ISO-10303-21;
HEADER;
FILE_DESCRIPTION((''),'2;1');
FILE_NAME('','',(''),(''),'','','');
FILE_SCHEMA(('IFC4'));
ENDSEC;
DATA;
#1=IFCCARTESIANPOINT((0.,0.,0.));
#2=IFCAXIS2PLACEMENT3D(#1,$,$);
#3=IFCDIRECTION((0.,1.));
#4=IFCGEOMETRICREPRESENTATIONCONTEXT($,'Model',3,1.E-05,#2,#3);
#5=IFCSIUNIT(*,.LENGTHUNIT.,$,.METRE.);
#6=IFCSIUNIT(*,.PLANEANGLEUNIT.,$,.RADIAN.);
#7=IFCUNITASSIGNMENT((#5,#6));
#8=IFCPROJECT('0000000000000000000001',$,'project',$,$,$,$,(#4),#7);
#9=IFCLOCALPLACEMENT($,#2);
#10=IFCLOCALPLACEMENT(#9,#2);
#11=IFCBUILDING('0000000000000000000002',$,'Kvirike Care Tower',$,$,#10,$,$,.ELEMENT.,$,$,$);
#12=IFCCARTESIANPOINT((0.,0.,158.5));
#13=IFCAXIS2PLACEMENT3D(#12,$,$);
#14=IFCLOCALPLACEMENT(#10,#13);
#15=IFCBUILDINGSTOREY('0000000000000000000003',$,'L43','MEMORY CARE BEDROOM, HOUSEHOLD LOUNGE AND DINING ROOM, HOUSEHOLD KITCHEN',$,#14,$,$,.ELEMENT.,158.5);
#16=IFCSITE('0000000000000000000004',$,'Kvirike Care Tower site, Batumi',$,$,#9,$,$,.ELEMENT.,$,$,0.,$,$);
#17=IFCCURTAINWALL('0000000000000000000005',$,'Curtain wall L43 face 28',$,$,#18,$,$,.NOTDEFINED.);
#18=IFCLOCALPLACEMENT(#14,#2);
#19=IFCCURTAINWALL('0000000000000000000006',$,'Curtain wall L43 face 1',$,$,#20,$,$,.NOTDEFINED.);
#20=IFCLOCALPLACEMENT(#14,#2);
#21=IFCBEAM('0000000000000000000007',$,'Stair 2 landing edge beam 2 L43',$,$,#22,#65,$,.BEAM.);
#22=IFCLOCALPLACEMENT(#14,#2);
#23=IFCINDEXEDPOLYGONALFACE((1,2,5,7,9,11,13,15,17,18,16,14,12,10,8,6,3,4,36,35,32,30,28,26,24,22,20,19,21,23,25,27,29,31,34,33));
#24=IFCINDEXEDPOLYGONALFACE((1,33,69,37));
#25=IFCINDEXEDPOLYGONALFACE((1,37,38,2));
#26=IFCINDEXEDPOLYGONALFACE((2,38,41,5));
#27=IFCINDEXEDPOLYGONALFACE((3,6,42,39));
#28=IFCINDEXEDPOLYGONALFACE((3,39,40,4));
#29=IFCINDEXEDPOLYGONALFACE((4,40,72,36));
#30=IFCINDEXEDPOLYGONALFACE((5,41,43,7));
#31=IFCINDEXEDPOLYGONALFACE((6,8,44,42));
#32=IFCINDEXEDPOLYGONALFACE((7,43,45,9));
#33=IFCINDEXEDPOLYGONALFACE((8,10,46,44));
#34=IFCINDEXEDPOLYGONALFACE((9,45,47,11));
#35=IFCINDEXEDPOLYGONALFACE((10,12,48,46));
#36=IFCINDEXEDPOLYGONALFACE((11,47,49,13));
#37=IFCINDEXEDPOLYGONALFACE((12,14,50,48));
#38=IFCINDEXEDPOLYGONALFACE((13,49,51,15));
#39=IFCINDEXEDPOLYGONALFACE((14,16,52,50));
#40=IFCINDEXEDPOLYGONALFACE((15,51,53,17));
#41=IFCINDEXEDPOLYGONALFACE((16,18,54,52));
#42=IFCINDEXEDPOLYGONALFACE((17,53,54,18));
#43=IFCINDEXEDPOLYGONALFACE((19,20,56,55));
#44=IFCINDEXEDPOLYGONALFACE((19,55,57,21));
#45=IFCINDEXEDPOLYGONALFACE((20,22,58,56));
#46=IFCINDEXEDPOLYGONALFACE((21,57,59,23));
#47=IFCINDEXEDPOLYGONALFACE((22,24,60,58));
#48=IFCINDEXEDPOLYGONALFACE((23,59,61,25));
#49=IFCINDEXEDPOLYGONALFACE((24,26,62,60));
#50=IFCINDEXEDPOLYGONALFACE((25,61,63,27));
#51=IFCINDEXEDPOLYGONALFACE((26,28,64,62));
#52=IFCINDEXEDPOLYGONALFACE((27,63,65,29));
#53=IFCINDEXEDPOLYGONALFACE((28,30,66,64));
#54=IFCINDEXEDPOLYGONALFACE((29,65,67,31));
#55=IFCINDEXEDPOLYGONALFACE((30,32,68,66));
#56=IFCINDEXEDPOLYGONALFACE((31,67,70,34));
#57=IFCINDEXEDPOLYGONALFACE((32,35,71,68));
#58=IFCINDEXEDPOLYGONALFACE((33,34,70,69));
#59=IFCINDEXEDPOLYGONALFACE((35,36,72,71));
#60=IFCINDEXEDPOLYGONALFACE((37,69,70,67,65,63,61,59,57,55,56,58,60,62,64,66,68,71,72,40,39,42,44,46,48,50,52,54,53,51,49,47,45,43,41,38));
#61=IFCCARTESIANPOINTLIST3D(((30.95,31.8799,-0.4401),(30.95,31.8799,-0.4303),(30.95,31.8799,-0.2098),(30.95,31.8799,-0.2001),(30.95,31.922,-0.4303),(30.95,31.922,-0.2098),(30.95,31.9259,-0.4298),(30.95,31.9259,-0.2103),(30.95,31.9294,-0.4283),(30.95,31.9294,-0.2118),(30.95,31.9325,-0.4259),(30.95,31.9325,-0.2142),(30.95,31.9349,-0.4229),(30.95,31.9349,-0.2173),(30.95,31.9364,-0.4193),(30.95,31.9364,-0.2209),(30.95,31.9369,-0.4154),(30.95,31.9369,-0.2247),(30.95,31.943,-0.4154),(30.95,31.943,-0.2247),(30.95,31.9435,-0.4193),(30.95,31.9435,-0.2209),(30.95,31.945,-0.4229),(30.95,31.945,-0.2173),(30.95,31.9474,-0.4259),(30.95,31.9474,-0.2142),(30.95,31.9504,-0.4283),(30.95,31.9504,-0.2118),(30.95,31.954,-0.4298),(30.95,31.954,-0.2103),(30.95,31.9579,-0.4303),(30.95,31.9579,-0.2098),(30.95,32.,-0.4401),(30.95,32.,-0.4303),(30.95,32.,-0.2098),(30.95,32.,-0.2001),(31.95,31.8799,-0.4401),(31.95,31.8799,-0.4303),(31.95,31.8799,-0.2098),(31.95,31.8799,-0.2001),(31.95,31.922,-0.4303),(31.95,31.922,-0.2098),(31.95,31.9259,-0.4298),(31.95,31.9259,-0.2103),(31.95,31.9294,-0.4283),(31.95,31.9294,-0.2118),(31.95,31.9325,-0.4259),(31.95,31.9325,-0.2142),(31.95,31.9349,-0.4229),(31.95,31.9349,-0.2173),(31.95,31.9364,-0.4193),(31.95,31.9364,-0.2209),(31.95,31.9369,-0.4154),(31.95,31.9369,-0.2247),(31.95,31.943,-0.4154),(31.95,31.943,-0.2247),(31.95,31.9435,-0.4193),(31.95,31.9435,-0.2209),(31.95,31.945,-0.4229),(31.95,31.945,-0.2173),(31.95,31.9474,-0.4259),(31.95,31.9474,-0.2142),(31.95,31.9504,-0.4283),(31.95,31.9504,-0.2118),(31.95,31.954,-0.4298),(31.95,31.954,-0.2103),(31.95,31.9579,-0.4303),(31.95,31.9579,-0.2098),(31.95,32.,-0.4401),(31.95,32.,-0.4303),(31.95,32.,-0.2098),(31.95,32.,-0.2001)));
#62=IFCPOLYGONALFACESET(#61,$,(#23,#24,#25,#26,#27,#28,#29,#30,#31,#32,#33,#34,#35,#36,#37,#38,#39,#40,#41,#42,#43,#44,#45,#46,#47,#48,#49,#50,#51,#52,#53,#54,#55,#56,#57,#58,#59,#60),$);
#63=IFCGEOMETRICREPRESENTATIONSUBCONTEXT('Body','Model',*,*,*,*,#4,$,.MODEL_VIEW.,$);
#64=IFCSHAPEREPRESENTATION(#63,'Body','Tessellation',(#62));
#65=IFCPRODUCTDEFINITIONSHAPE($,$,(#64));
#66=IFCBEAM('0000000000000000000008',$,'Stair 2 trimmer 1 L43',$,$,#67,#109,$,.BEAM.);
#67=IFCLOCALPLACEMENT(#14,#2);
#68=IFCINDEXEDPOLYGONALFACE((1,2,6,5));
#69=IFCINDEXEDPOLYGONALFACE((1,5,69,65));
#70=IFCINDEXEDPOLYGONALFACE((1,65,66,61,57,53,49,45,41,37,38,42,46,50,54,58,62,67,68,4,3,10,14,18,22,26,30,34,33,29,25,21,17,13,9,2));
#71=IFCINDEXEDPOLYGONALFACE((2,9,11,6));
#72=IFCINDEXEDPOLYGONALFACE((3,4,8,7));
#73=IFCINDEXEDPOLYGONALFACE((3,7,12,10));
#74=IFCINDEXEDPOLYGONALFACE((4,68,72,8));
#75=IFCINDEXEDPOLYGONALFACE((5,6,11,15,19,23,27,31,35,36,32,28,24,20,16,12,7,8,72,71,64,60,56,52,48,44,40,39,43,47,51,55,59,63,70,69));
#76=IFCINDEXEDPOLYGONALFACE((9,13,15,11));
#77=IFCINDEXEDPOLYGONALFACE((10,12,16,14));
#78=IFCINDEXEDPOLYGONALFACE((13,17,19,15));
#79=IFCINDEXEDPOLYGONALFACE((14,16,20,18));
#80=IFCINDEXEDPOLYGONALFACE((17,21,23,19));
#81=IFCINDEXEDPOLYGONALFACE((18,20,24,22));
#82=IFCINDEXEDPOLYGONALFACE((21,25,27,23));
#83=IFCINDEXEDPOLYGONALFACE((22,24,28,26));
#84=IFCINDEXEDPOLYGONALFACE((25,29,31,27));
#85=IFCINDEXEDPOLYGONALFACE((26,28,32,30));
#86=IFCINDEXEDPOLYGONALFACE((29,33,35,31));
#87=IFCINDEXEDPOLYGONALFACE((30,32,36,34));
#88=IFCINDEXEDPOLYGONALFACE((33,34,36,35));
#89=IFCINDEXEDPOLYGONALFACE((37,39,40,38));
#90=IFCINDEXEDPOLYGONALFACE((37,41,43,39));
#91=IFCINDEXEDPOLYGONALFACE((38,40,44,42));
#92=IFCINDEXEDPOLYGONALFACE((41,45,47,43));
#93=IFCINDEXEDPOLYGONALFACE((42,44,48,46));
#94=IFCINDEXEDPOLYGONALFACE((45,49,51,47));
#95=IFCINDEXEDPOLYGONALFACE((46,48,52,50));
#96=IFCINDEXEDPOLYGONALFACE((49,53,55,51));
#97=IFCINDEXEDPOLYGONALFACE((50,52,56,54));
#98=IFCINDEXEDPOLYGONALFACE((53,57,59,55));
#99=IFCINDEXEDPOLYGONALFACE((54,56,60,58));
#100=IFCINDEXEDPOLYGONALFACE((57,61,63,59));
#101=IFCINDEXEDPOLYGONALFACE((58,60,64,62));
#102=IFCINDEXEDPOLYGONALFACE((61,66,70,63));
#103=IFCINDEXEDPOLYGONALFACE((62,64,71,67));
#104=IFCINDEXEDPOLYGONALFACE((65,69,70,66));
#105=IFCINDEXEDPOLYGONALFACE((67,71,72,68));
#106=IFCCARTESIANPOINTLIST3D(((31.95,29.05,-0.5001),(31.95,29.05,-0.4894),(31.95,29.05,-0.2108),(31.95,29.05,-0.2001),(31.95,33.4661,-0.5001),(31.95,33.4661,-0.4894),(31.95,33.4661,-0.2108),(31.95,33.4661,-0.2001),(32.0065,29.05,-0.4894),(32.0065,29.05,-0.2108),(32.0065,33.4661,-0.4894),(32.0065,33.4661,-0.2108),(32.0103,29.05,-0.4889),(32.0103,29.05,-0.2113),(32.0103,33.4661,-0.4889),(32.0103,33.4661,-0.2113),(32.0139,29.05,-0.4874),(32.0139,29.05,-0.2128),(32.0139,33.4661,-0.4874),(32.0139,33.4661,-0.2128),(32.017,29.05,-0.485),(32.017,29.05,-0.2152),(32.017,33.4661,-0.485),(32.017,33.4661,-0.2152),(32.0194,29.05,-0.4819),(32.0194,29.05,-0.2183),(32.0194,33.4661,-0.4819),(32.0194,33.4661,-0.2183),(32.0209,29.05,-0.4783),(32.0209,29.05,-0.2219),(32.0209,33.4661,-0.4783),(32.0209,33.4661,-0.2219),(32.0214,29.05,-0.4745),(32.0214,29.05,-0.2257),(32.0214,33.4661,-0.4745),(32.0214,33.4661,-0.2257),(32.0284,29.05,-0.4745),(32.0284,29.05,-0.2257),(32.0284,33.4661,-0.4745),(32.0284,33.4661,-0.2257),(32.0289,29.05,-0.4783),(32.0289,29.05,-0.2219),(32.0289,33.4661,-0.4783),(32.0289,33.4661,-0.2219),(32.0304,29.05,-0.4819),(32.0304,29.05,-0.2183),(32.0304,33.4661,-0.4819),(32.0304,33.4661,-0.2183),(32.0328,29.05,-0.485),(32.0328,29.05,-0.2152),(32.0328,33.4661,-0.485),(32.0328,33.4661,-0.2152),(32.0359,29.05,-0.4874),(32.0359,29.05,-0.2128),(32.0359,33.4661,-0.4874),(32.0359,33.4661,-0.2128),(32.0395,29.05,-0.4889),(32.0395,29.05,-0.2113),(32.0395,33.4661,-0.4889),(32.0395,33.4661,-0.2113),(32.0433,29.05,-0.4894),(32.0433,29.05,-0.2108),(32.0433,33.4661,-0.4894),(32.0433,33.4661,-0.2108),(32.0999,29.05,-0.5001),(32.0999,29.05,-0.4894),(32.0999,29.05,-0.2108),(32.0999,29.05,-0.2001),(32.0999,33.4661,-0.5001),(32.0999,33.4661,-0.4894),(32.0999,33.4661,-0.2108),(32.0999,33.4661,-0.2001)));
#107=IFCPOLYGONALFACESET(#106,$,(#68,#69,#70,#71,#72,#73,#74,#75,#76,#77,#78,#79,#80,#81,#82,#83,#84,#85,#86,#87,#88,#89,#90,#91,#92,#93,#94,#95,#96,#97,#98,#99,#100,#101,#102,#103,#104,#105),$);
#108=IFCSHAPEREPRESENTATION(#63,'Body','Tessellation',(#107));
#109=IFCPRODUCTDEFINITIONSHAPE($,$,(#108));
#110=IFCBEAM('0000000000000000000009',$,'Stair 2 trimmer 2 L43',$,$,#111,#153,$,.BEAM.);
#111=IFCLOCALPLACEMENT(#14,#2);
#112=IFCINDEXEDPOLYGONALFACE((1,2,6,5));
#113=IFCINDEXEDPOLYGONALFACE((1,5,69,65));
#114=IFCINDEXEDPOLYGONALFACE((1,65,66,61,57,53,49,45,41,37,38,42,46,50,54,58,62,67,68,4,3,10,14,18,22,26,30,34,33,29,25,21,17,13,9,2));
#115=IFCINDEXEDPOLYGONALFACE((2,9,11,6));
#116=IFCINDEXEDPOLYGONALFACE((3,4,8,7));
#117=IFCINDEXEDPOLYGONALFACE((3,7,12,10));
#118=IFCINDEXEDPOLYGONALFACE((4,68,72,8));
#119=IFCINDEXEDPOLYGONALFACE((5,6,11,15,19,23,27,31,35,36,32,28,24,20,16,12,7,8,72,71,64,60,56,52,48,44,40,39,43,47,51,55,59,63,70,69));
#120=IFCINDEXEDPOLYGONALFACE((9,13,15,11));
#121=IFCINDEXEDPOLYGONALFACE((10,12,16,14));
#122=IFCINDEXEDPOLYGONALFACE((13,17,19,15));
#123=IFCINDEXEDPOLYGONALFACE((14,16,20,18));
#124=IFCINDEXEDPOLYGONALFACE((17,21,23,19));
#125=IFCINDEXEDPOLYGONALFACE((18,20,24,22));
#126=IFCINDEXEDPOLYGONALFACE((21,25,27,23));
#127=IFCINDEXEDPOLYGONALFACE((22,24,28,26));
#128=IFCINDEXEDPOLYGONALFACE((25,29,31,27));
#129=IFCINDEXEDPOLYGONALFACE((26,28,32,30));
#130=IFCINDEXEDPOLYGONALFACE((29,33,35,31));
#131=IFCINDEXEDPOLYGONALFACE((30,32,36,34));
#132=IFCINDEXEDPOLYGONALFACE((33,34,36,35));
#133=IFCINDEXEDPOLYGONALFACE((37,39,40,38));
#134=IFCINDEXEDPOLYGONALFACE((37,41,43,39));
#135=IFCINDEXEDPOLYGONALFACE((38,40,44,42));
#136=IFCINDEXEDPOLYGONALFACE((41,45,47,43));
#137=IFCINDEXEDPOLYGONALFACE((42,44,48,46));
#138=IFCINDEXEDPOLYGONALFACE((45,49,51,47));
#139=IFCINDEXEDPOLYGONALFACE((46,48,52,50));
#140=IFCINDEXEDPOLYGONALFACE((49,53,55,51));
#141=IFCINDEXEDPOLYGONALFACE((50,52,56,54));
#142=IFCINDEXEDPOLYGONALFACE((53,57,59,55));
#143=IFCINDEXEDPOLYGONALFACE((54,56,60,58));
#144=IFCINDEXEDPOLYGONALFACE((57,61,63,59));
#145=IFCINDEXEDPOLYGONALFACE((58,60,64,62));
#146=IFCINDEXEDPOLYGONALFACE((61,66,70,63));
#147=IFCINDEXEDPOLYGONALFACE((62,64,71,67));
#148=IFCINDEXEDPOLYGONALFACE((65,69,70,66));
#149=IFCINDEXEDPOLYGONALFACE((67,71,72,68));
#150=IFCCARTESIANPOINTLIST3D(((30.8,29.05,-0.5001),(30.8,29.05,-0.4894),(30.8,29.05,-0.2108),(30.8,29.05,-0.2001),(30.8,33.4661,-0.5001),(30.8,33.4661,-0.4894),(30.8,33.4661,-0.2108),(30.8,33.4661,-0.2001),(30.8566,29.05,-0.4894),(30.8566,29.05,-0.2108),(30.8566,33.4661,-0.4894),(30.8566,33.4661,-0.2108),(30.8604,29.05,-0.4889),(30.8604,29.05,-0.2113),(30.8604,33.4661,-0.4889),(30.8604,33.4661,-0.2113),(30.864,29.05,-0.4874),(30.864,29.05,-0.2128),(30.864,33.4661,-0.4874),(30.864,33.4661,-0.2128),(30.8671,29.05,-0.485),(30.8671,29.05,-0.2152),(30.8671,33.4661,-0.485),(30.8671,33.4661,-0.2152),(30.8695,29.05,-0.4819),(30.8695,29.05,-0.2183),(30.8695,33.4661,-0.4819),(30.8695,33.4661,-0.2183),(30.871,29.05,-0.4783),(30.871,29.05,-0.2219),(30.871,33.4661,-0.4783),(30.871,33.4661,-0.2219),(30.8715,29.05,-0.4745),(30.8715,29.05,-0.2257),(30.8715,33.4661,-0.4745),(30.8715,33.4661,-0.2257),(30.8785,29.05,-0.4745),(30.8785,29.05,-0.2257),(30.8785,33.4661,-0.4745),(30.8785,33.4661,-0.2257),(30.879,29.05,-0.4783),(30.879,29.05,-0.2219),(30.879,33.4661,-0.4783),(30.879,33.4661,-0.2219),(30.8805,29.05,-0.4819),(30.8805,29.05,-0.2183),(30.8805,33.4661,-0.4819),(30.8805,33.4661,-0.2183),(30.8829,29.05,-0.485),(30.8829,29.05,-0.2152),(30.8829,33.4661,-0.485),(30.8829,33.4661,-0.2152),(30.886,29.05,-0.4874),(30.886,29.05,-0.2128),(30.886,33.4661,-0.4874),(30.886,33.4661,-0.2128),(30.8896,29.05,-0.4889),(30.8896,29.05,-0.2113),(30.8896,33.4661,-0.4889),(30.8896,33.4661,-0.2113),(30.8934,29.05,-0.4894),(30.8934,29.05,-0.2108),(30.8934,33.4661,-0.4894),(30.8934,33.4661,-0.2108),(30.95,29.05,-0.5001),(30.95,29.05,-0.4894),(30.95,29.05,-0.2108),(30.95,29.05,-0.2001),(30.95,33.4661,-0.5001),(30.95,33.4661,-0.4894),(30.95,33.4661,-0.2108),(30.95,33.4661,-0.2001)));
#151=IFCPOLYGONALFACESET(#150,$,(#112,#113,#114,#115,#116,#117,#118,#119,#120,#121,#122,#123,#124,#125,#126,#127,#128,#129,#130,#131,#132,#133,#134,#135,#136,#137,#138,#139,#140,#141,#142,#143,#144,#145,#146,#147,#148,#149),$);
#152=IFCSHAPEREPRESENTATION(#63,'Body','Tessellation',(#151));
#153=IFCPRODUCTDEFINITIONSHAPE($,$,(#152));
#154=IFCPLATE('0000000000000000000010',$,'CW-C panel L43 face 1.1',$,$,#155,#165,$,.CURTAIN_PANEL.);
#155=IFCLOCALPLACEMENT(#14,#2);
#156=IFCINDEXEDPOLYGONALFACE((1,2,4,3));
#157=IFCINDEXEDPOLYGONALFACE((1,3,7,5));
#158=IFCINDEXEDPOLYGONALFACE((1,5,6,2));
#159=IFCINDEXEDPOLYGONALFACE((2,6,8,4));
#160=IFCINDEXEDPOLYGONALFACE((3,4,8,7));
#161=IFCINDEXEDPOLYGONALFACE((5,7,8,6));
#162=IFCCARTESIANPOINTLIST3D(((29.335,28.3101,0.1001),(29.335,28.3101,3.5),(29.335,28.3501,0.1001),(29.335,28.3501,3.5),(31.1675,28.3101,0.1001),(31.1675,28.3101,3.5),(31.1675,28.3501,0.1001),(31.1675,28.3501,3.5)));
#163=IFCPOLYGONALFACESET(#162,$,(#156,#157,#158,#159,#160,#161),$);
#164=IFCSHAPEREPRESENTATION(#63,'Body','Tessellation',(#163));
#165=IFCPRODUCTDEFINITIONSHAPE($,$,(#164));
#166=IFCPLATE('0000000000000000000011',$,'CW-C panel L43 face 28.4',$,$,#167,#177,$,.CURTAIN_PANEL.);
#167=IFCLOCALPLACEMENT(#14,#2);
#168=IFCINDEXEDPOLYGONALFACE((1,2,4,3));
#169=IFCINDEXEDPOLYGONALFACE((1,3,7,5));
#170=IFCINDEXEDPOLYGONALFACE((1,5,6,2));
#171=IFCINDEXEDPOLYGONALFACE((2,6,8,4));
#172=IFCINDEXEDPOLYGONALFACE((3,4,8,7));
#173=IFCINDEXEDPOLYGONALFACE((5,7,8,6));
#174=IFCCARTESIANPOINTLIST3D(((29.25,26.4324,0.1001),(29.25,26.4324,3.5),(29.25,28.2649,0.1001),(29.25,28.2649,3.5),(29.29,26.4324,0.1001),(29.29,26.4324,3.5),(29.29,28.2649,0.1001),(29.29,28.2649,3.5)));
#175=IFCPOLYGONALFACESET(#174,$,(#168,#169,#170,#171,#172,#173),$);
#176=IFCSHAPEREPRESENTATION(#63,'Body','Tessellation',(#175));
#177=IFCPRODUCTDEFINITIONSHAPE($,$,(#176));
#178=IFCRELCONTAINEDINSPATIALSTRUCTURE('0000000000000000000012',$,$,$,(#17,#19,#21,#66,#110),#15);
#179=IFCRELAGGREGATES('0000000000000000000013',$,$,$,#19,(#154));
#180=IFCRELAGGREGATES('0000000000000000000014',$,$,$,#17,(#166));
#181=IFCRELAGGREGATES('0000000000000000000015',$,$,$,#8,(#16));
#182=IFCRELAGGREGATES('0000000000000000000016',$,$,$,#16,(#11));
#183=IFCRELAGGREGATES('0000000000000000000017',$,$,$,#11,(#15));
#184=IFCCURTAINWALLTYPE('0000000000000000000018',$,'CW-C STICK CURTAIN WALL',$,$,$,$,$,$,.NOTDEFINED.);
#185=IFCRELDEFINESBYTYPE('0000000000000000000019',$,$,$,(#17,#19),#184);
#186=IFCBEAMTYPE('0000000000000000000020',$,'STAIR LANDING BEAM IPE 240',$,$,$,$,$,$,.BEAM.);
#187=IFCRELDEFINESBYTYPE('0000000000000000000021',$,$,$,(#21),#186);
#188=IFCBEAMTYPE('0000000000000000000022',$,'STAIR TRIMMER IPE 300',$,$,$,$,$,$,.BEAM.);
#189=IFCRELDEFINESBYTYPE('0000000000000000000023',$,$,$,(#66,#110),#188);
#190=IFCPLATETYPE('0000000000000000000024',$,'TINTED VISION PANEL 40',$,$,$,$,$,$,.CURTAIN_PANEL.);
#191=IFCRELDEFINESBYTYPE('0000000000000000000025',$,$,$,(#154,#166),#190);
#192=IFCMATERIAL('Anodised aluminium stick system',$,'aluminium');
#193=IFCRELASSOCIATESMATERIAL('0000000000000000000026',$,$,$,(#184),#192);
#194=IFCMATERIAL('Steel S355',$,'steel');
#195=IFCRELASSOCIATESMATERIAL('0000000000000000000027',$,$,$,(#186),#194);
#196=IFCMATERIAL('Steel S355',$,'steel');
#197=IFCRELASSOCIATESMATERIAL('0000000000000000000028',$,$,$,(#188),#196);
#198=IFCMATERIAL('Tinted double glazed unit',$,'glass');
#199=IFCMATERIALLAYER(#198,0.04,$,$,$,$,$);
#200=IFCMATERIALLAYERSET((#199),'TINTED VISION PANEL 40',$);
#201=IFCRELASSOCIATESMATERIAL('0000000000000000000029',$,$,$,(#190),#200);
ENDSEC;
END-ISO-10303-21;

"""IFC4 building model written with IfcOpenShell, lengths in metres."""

from ifc_helpers import new_model, si_unit, direction, frame, origin, origin_2d, place, context, subcontext, project, spatial, rectangle, i_section, extrude, material, layer, layer_set, material_profile, profile_set, type_object, element, aggregate, save


model = new_model("IFC4")

# Units and contexts
model_context = context("Model", 3, precision=1e-05, world=origin(), true_north=direction((0.0, 1.0)))
body_context = subcontext(model_context, "Body", "Model", "MODEL_VIEW")
ifc_project = project(units=[si_unit("LENGTHUNIT", "METRE"), si_unit("PLANEANGLEUNIT", "RADIAN")], contexts=[model_context])

# Site, building, storey
site_placement = place(None, origin())
site = spatial("IfcSite", under=ifc_project, at=site_placement, Name="Kvirike Care Tower site, Batumi", CompositionType="ELEMENT", RefElevation=0.0)
building_placement = place(site_placement, origin())
building = spatial("IfcBuilding", under=site, at=building_placement, Name="Kvirike Care Tower", CompositionType="ELEMENT")
storey_placement = place(building_placement, frame((0.0, 0.0, 158.5)))
storey = spatial("IfcBuildingStorey", under=building, at=storey_placement, Name="L43", Description="MEMORY CARE BEDROOM, HOUSEHOLD LOUNGE AND DINING ROOM, HOUSEHOLD KITCHEN", CompositionType="ELEMENT", Elevation=158.5)

# Curtain wall
ifc_material_1 = material(Name="Anodised aluminium stick system", Category="aluminium")
curtain_wall_type = type_object("IfcCurtainWallType", Name="CW-C STICK CURTAIN WALL", PredefinedType="NOTDEFINED", material=ifc_material_1)
curtain_wall_1_placement = place(storey_placement, origin())
curtain_wall_1 = element("IfcCurtainWall", 1, at=curtain_wall_1_placement, inside=storey, type_object=curtain_wall_type, Name="Curtain wall L43 face 28", PredefinedType="NOTDEFINED")

# Curtain wall
curtain_wall_2_placement = place(storey_placement, origin())
curtain_wall_2 = element("IfcCurtainWall", 2, at=curtain_wall_2_placement, inside=storey, type_object=curtain_wall_type, Name="Curtain wall L43 face 1", PredefinedType="NOTDEFINED")

# Beams
ifc_material_2 = material(Name="Steel S355", Category="steel")
ifc_material_profile_1 = material_profile(ifc_material_2, i_section(OverallWidth=0.1201, OverallDepth=0.24, WebThickness=0.0061, FlangeThickness=0.0098, FilletRadius=0.0149, at=origin_2d()), Name="IPE 240")
ifc_profile_set_1 = profile_set([ifc_material_profile_1], Name="Steel S355")
beam_type_1 = type_object("IfcBeamType", Name="STAIR LANDING BEAM IPE 240", PredefinedType="BEAM", material=ifc_profile_set_1)
for number, where, z_axis, x_axis, name in (
    (3, (31.95, 31.9399, -0.3201), (-1.0, 0.0, 0.0), (0.0, -1.0, 0.0), "Stair 2 landing edge beam 2 L43"),
):
    element("IfcBeam", number, at=place(storey_placement, frame(where, z_axis=z_axis, x_axis=x_axis)), inside=storey, type_object=beam_type_1, Name=name, PredefinedType="BEAM", context=body_context, shape_type="SweptSolid", body=[
        extrude(i_section(OverallWidth=0.1201, OverallDepth=0.24, WebThickness=0.0061, FlangeThickness=0.0098, FilletRadius=0.0149, at=origin_2d()), origin(), (0.0, 0.0, 1.0), 1.0),
    ])
ifc_material_3 = material(Name="Steel S355", Category="steel")
ifc_material_profile_2 = material_profile(ifc_material_3, i_section(OverallWidth=0.1499, OverallDepth=0.3, WebThickness=0.0071, FlangeThickness=0.0107, FilletRadius=0.0149, at=origin_2d()), Name="IPE 300")
ifc_profile_set_2 = profile_set([ifc_material_profile_2], Name="Steel S355")
beam_type_2 = type_object("IfcBeamType", Name="STAIR TRIMMER IPE 300", PredefinedType="BEAM", material=ifc_profile_set_2)
for number, where, z_axis, x_axis, name in (
    (4, (32.0249, 29.05, -0.3501), (0.0, 1.0, 0.0), (-1.0, 0.0, 0.0), "Stair 2 trimmer 1 L43"),
    (5, (30.875, 29.05, -0.3501), (0.0, 1.0, 0.0), (-1.0, 0.0, 0.0), "Stair 2 trimmer 2 L43"),
):
    element("IfcBeam", number, at=place(storey_placement, frame(where, z_axis=z_axis, x_axis=x_axis)), inside=storey, type_object=beam_type_2, Name=name, PredefinedType="BEAM", context=body_context, shape_type="SweptSolid", body=[
        extrude(i_section(OverallWidth=0.1499, OverallDepth=0.3, WebThickness=0.0071, FlangeThickness=0.0107, FilletRadius=0.0149, at=origin_2d()), origin(), (0.0, 0.0, 1.0), 4.416),
    ])

# Plates
ifc_material_4 = material(Name="Tinted double glazed unit", Category="glass")
ifc_layer_1 = layer(ifc_material_4, 0.04)
ifc_layer_set_1 = layer_set([ifc_layer_1], Name="TINTED VISION PANEL 40")
plate_type = type_object("IfcPlateType", Name="TINTED VISION PANEL 40", PredefinedType="CURTAIN_PANEL", material=ifc_layer_set_1)
plate_1_placement = place(storey_placement, frame((30.2512, 28.3301, 0.1001), z_axis=(0.0, 0.0, 1.0), x_axis=(1.0, 0.0, 0.0)))
plate_1 = element("IfcPlate", 6, at=plate_1_placement, type_object=plate_type, Name="CW-C panel L43 face 1.1", PredefinedType="CURTAIN_PANEL", context=body_context, shape_type="SweptSolid", body=[
    extrude(rectangle(XDim=1.8325, YDim=0.04, at=origin_2d()), origin(), (0.0, 0.0, 1.0), 3.3999),
])
aggregate(curtain_wall_2, [plate_1])
plate_2_placement = place(storey_placement, frame((29.27, 27.3486, 0.1001), z_axis=(0.0, 0.0, 1.0), x_axis=(0.0, 1.0, 0.0)))
plate_2 = element("IfcPlate", 7, at=plate_2_placement, type_object=plate_type, Name="CW-C panel L43 face 28.4", PredefinedType="CURTAIN_PANEL", context=body_context, shape_type="SweptSolid", body=[
    extrude(rectangle(XDim=1.8325, YDim=0.04, at=origin_2d()), origin(), (0.0, 0.0, 1.0), 3.3999),
])
aggregate(curtain_wall_1, [plate_2])

save(model, "model.ifc")
